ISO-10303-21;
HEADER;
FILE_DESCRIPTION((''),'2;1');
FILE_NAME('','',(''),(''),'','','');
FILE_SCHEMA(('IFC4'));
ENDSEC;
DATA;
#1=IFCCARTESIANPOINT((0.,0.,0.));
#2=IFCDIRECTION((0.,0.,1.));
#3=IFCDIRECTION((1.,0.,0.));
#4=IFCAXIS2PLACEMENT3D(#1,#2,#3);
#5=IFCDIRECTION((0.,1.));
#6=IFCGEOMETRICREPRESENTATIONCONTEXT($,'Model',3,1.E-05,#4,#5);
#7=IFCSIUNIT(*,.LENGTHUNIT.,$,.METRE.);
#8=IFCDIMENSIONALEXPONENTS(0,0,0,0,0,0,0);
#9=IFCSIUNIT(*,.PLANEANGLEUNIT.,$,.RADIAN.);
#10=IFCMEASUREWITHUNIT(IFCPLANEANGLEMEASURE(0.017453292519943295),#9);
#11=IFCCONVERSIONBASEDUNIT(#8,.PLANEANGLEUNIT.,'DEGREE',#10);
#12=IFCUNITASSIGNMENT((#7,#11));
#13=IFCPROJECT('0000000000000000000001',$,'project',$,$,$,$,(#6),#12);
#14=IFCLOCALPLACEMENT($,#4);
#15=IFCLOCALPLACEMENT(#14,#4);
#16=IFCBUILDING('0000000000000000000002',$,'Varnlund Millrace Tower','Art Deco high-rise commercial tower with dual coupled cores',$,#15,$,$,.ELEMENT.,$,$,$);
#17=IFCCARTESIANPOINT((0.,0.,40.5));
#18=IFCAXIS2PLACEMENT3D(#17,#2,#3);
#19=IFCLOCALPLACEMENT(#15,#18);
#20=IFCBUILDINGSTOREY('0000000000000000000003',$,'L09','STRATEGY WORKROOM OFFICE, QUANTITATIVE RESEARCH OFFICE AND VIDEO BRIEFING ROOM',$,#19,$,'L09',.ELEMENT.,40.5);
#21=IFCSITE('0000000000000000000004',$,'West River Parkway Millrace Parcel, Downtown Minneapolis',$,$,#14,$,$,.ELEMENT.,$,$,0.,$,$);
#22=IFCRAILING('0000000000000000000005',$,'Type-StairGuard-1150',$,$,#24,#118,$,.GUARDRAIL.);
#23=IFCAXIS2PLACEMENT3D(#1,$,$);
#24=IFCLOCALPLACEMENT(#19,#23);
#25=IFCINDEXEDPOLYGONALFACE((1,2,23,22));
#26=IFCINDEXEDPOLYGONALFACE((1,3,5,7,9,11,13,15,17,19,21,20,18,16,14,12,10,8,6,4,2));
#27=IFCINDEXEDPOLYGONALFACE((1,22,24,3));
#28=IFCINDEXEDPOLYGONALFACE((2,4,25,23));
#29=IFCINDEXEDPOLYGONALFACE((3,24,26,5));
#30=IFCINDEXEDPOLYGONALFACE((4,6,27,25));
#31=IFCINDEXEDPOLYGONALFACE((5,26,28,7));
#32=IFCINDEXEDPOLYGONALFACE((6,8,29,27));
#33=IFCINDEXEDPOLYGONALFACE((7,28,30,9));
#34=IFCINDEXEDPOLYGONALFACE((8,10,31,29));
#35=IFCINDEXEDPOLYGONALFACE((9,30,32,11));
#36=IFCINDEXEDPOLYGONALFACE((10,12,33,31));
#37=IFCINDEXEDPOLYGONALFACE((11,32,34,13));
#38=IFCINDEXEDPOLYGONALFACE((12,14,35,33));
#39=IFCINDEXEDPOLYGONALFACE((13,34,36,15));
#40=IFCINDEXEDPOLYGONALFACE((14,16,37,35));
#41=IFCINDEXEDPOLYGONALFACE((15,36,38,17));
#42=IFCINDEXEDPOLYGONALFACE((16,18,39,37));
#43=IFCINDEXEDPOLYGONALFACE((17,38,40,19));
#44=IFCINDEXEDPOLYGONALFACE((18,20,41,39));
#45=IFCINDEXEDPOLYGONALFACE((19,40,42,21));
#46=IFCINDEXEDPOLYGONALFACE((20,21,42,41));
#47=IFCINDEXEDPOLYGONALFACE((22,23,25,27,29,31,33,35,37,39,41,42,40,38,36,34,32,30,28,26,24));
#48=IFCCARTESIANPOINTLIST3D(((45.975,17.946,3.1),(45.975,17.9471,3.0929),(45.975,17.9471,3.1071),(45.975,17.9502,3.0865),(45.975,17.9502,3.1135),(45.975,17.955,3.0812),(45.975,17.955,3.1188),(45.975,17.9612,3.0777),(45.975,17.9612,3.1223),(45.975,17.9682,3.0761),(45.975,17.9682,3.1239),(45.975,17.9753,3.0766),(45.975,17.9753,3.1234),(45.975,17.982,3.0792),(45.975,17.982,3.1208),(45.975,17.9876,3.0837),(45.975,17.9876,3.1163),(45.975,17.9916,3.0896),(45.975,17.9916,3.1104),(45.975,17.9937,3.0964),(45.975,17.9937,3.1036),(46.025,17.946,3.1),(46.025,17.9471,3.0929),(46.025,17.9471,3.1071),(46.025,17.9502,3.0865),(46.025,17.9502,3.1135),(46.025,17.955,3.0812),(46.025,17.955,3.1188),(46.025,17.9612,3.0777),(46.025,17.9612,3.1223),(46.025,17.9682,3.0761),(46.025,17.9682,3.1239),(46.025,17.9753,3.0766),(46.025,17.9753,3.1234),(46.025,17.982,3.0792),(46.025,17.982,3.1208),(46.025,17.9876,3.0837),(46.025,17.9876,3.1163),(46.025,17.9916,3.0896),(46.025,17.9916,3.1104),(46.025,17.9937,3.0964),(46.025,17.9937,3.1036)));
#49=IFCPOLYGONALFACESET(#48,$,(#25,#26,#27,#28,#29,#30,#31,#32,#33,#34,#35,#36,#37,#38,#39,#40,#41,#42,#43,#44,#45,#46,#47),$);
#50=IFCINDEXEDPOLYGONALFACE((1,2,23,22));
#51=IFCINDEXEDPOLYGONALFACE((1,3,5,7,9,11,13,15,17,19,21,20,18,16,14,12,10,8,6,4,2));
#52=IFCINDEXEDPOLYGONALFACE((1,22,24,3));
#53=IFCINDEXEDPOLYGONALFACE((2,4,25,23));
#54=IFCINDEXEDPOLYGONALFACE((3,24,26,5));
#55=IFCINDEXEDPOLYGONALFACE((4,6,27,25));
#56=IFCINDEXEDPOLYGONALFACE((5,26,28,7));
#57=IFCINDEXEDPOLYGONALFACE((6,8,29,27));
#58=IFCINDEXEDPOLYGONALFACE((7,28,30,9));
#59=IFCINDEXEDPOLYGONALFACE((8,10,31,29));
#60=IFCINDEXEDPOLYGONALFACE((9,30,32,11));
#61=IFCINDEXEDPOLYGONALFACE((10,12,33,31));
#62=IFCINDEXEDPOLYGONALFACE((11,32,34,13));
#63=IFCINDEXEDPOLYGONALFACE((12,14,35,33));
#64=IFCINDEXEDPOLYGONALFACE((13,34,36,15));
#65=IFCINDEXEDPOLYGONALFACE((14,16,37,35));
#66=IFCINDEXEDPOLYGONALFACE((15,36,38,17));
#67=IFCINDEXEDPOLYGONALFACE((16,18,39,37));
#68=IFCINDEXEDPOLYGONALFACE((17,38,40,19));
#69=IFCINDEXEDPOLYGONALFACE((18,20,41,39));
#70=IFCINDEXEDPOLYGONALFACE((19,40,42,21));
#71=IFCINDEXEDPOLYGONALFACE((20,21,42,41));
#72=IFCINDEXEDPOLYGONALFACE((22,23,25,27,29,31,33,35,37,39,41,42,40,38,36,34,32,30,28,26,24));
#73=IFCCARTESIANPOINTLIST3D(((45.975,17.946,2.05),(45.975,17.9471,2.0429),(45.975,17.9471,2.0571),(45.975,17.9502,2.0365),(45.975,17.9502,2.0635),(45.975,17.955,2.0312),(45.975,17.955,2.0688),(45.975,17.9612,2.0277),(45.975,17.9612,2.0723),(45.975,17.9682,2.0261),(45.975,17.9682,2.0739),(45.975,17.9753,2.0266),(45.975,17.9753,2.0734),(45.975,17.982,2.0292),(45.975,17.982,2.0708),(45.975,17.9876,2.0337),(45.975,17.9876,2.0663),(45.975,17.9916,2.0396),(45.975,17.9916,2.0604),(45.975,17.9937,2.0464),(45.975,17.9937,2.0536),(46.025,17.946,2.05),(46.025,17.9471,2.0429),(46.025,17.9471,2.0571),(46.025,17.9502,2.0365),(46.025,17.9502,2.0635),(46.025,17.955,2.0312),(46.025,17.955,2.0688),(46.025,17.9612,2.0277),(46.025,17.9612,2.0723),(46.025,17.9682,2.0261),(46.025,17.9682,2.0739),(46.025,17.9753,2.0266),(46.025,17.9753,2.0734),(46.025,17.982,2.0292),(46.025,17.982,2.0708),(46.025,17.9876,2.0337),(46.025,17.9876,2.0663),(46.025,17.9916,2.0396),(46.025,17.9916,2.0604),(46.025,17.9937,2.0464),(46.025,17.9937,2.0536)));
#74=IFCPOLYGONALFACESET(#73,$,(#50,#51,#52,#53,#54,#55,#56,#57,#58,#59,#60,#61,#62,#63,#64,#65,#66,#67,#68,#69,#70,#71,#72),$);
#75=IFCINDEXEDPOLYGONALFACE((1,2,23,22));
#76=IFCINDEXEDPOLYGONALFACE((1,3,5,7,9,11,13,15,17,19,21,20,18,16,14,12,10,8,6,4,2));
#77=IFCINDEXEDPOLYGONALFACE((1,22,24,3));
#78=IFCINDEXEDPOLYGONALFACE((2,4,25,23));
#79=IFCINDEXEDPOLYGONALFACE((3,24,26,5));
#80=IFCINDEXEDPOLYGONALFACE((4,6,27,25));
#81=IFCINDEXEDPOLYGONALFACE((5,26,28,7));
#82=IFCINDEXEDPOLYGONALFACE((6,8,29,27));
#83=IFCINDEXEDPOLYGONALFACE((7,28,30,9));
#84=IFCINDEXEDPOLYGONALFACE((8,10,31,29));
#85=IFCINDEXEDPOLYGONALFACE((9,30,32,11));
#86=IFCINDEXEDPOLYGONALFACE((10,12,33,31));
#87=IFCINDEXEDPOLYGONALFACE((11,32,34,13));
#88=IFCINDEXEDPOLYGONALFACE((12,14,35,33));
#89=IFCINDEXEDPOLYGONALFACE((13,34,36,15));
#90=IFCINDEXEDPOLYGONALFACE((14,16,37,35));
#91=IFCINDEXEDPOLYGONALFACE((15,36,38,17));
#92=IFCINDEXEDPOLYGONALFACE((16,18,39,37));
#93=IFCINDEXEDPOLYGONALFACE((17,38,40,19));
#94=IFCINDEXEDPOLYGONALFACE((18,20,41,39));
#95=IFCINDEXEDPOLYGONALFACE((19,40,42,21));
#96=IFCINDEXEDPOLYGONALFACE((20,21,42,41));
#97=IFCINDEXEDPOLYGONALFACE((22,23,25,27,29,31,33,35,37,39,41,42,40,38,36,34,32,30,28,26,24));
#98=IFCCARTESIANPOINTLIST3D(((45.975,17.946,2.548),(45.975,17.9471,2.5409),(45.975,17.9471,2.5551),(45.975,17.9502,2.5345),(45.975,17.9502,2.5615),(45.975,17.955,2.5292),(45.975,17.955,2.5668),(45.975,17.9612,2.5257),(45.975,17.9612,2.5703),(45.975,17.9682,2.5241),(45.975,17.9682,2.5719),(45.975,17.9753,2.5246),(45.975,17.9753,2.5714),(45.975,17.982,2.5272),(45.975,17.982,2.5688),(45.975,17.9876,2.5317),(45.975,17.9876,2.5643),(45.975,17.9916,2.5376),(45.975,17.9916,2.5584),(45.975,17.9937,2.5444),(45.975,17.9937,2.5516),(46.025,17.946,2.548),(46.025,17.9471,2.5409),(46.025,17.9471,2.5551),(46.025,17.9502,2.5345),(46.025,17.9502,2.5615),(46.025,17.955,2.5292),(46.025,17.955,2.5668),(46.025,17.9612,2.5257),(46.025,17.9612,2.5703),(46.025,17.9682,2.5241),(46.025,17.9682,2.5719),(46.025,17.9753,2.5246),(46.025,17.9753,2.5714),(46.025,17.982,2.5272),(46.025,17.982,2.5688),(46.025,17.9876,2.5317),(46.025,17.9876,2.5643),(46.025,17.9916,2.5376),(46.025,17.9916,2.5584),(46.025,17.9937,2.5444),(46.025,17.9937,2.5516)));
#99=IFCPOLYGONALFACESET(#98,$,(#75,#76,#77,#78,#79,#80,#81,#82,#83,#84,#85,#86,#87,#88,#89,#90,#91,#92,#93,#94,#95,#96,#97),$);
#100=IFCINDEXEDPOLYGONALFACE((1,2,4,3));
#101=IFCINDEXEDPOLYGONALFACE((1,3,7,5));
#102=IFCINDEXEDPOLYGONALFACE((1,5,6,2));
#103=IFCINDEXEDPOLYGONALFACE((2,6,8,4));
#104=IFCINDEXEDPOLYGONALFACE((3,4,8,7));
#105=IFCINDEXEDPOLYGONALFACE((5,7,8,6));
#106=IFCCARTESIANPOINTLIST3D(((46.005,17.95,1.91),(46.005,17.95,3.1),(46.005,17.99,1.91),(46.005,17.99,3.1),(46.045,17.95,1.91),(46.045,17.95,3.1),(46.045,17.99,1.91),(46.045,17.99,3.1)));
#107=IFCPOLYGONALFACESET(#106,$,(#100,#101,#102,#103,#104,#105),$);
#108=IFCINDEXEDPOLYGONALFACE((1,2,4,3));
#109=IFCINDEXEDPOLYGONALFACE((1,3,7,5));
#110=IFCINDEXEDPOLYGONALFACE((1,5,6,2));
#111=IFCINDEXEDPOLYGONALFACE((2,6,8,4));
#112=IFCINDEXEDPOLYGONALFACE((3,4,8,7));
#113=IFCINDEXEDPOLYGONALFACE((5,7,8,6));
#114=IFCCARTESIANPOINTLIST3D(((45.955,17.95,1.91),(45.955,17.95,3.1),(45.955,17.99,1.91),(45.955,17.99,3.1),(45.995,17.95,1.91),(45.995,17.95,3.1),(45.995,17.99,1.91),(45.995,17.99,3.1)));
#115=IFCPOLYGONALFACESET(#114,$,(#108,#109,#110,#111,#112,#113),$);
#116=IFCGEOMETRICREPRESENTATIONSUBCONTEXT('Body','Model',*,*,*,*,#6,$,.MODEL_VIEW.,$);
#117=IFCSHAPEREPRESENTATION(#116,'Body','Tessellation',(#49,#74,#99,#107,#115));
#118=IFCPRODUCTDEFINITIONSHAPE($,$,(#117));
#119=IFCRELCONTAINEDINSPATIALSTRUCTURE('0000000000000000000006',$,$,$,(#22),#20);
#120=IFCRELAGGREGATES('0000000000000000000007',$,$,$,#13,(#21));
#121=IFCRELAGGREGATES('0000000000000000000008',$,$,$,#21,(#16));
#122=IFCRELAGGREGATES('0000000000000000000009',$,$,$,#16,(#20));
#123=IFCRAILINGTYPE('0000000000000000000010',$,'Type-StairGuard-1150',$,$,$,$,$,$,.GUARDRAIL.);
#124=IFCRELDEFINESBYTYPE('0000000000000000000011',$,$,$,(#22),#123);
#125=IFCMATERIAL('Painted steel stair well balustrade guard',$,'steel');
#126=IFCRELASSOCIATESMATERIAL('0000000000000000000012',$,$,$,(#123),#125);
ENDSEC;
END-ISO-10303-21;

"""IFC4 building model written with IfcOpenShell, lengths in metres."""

from ifc_helpers import new_model, entity, si_unit, converted_unit, direction, frame, origin_with_axes, origin_2d_with_axis, place, context, subcontext, project, spatial, rectangle, circle, extrude, material, type_object, element, save


model = new_model("IFC4")

# Units and contexts
model_context = context("Model", 3, precision=1e-05, world=origin_with_axes(), true_north=direction((0.0, 1.0)))
body_context = subcontext(model_context, "Body", "Model", "MODEL_VIEW")
ifc_project = project(units=[si_unit("LENGTHUNIT", "METRE"), converted_unit("PLANEANGLEUNIT", "DEGREE", entity("IfcPlaneAngleMeasure", 0.017453292519943295), si_unit("PLANEANGLEUNIT", "RADIAN"), dimensions=[0, 0, 0, 0, 0, 0, 0])], contexts=[model_context])

# Site, building, storey
site_placement = place(None, origin_with_axes())
site = spatial("IfcSite", under=ifc_project, at=site_placement, Name="West River Parkway Millrace Parcel, Downtown Minneapolis", CompositionType="ELEMENT", RefElevation=0.0)
building_placement = place(site_placement, origin_with_axes())
building = spatial("IfcBuilding", under=site, at=building_placement, Name="Varnlund Millrace Tower", Description="Art Deco high-rise commercial tower with dual coupled cores", CompositionType="ELEMENT")
storey_placement = place(building_placement, frame((0.0, 0.0, 40.5), z_axis=(0.0, 0.0, 1.0), x_axis=(1.0, 0.0, 0.0)))
storey = spatial("IfcBuildingStorey", under=building, at=storey_placement, Name="L09", Description="STRATEGY WORKROOM OFFICE, QUANTITATIVE RESEARCH OFFICE AND VIDEO BRIEFING ROOM", LongName="L09", CompositionType="ELEMENT", Elevation=40.5)

# Railing
ifc_material_1 = material(Name="Painted steel stair well balustrade guard", Category="steel")
railing_type_1 = type_object("IfcRailingType", Name="Type-StairGuard-1150", PredefinedType="GUARDRAIL", material=ifc_material_1)
railing_1_placement = place(storey_placement, frame((0.0, 0.0, -40.5), z_axis=(0.0, 0.0, 1.0), x_axis=(1.0, 0.0, 0.0)))
element("IfcRailing", 1, at=railing_1_placement, inside=storey, type_object=railing_type_1, Name="Type-StairGuard-1150", PredefinedType="GUARDRAIL", context=body_context, shape_type="SweptSolid", body=[
    extrude(circle(Radius=0.024, at=origin_2d_with_axis()), frame((46.025, 17.97, 43.6), z_axis=(-1.0, 0.0, 0.0), x_axis=(0.0, -1.0, 0.0)), (0.0, 0.0, 1.0), 0.05),
    extrude(circle(Radius=0.024, at=origin_2d_with_axis()), frame((46.025, 17.97, 42.55), z_axis=(-1.0, 0.0, 0.0), x_axis=(0.0, -1.0, 0.0)), (0.0, 0.0, 1.0), 0.05),
    extrude(circle(Radius=0.024, at=origin_2d_with_axis()), frame((46.025, 17.97, 43.048), z_axis=(-1.0, 0.0, 0.0), x_axis=(0.0, -1.0, 0.0)), (0.0, 0.0, 1.0), 0.05),
    extrude(rectangle(XDim=0.04, YDim=0.04, at=origin_2d_with_axis()), frame((46.025, 17.97, 42.41), z_axis=(0.0, 0.0, 1.0), x_axis=(1.0, 0.0, 0.0)), (0.0, 0.0, 1.0), 1.19),
    extrude(rectangle(XDim=0.04, YDim=0.04, at=origin_2d_with_axis()), frame((45.975, 17.97, 42.41), z_axis=(0.0, 0.0, 1.0), x_axis=(1.0, 0.0, 0.0)), (0.0, 0.0, 1.0), 1.19),
])

save(model, "model.ifc")
